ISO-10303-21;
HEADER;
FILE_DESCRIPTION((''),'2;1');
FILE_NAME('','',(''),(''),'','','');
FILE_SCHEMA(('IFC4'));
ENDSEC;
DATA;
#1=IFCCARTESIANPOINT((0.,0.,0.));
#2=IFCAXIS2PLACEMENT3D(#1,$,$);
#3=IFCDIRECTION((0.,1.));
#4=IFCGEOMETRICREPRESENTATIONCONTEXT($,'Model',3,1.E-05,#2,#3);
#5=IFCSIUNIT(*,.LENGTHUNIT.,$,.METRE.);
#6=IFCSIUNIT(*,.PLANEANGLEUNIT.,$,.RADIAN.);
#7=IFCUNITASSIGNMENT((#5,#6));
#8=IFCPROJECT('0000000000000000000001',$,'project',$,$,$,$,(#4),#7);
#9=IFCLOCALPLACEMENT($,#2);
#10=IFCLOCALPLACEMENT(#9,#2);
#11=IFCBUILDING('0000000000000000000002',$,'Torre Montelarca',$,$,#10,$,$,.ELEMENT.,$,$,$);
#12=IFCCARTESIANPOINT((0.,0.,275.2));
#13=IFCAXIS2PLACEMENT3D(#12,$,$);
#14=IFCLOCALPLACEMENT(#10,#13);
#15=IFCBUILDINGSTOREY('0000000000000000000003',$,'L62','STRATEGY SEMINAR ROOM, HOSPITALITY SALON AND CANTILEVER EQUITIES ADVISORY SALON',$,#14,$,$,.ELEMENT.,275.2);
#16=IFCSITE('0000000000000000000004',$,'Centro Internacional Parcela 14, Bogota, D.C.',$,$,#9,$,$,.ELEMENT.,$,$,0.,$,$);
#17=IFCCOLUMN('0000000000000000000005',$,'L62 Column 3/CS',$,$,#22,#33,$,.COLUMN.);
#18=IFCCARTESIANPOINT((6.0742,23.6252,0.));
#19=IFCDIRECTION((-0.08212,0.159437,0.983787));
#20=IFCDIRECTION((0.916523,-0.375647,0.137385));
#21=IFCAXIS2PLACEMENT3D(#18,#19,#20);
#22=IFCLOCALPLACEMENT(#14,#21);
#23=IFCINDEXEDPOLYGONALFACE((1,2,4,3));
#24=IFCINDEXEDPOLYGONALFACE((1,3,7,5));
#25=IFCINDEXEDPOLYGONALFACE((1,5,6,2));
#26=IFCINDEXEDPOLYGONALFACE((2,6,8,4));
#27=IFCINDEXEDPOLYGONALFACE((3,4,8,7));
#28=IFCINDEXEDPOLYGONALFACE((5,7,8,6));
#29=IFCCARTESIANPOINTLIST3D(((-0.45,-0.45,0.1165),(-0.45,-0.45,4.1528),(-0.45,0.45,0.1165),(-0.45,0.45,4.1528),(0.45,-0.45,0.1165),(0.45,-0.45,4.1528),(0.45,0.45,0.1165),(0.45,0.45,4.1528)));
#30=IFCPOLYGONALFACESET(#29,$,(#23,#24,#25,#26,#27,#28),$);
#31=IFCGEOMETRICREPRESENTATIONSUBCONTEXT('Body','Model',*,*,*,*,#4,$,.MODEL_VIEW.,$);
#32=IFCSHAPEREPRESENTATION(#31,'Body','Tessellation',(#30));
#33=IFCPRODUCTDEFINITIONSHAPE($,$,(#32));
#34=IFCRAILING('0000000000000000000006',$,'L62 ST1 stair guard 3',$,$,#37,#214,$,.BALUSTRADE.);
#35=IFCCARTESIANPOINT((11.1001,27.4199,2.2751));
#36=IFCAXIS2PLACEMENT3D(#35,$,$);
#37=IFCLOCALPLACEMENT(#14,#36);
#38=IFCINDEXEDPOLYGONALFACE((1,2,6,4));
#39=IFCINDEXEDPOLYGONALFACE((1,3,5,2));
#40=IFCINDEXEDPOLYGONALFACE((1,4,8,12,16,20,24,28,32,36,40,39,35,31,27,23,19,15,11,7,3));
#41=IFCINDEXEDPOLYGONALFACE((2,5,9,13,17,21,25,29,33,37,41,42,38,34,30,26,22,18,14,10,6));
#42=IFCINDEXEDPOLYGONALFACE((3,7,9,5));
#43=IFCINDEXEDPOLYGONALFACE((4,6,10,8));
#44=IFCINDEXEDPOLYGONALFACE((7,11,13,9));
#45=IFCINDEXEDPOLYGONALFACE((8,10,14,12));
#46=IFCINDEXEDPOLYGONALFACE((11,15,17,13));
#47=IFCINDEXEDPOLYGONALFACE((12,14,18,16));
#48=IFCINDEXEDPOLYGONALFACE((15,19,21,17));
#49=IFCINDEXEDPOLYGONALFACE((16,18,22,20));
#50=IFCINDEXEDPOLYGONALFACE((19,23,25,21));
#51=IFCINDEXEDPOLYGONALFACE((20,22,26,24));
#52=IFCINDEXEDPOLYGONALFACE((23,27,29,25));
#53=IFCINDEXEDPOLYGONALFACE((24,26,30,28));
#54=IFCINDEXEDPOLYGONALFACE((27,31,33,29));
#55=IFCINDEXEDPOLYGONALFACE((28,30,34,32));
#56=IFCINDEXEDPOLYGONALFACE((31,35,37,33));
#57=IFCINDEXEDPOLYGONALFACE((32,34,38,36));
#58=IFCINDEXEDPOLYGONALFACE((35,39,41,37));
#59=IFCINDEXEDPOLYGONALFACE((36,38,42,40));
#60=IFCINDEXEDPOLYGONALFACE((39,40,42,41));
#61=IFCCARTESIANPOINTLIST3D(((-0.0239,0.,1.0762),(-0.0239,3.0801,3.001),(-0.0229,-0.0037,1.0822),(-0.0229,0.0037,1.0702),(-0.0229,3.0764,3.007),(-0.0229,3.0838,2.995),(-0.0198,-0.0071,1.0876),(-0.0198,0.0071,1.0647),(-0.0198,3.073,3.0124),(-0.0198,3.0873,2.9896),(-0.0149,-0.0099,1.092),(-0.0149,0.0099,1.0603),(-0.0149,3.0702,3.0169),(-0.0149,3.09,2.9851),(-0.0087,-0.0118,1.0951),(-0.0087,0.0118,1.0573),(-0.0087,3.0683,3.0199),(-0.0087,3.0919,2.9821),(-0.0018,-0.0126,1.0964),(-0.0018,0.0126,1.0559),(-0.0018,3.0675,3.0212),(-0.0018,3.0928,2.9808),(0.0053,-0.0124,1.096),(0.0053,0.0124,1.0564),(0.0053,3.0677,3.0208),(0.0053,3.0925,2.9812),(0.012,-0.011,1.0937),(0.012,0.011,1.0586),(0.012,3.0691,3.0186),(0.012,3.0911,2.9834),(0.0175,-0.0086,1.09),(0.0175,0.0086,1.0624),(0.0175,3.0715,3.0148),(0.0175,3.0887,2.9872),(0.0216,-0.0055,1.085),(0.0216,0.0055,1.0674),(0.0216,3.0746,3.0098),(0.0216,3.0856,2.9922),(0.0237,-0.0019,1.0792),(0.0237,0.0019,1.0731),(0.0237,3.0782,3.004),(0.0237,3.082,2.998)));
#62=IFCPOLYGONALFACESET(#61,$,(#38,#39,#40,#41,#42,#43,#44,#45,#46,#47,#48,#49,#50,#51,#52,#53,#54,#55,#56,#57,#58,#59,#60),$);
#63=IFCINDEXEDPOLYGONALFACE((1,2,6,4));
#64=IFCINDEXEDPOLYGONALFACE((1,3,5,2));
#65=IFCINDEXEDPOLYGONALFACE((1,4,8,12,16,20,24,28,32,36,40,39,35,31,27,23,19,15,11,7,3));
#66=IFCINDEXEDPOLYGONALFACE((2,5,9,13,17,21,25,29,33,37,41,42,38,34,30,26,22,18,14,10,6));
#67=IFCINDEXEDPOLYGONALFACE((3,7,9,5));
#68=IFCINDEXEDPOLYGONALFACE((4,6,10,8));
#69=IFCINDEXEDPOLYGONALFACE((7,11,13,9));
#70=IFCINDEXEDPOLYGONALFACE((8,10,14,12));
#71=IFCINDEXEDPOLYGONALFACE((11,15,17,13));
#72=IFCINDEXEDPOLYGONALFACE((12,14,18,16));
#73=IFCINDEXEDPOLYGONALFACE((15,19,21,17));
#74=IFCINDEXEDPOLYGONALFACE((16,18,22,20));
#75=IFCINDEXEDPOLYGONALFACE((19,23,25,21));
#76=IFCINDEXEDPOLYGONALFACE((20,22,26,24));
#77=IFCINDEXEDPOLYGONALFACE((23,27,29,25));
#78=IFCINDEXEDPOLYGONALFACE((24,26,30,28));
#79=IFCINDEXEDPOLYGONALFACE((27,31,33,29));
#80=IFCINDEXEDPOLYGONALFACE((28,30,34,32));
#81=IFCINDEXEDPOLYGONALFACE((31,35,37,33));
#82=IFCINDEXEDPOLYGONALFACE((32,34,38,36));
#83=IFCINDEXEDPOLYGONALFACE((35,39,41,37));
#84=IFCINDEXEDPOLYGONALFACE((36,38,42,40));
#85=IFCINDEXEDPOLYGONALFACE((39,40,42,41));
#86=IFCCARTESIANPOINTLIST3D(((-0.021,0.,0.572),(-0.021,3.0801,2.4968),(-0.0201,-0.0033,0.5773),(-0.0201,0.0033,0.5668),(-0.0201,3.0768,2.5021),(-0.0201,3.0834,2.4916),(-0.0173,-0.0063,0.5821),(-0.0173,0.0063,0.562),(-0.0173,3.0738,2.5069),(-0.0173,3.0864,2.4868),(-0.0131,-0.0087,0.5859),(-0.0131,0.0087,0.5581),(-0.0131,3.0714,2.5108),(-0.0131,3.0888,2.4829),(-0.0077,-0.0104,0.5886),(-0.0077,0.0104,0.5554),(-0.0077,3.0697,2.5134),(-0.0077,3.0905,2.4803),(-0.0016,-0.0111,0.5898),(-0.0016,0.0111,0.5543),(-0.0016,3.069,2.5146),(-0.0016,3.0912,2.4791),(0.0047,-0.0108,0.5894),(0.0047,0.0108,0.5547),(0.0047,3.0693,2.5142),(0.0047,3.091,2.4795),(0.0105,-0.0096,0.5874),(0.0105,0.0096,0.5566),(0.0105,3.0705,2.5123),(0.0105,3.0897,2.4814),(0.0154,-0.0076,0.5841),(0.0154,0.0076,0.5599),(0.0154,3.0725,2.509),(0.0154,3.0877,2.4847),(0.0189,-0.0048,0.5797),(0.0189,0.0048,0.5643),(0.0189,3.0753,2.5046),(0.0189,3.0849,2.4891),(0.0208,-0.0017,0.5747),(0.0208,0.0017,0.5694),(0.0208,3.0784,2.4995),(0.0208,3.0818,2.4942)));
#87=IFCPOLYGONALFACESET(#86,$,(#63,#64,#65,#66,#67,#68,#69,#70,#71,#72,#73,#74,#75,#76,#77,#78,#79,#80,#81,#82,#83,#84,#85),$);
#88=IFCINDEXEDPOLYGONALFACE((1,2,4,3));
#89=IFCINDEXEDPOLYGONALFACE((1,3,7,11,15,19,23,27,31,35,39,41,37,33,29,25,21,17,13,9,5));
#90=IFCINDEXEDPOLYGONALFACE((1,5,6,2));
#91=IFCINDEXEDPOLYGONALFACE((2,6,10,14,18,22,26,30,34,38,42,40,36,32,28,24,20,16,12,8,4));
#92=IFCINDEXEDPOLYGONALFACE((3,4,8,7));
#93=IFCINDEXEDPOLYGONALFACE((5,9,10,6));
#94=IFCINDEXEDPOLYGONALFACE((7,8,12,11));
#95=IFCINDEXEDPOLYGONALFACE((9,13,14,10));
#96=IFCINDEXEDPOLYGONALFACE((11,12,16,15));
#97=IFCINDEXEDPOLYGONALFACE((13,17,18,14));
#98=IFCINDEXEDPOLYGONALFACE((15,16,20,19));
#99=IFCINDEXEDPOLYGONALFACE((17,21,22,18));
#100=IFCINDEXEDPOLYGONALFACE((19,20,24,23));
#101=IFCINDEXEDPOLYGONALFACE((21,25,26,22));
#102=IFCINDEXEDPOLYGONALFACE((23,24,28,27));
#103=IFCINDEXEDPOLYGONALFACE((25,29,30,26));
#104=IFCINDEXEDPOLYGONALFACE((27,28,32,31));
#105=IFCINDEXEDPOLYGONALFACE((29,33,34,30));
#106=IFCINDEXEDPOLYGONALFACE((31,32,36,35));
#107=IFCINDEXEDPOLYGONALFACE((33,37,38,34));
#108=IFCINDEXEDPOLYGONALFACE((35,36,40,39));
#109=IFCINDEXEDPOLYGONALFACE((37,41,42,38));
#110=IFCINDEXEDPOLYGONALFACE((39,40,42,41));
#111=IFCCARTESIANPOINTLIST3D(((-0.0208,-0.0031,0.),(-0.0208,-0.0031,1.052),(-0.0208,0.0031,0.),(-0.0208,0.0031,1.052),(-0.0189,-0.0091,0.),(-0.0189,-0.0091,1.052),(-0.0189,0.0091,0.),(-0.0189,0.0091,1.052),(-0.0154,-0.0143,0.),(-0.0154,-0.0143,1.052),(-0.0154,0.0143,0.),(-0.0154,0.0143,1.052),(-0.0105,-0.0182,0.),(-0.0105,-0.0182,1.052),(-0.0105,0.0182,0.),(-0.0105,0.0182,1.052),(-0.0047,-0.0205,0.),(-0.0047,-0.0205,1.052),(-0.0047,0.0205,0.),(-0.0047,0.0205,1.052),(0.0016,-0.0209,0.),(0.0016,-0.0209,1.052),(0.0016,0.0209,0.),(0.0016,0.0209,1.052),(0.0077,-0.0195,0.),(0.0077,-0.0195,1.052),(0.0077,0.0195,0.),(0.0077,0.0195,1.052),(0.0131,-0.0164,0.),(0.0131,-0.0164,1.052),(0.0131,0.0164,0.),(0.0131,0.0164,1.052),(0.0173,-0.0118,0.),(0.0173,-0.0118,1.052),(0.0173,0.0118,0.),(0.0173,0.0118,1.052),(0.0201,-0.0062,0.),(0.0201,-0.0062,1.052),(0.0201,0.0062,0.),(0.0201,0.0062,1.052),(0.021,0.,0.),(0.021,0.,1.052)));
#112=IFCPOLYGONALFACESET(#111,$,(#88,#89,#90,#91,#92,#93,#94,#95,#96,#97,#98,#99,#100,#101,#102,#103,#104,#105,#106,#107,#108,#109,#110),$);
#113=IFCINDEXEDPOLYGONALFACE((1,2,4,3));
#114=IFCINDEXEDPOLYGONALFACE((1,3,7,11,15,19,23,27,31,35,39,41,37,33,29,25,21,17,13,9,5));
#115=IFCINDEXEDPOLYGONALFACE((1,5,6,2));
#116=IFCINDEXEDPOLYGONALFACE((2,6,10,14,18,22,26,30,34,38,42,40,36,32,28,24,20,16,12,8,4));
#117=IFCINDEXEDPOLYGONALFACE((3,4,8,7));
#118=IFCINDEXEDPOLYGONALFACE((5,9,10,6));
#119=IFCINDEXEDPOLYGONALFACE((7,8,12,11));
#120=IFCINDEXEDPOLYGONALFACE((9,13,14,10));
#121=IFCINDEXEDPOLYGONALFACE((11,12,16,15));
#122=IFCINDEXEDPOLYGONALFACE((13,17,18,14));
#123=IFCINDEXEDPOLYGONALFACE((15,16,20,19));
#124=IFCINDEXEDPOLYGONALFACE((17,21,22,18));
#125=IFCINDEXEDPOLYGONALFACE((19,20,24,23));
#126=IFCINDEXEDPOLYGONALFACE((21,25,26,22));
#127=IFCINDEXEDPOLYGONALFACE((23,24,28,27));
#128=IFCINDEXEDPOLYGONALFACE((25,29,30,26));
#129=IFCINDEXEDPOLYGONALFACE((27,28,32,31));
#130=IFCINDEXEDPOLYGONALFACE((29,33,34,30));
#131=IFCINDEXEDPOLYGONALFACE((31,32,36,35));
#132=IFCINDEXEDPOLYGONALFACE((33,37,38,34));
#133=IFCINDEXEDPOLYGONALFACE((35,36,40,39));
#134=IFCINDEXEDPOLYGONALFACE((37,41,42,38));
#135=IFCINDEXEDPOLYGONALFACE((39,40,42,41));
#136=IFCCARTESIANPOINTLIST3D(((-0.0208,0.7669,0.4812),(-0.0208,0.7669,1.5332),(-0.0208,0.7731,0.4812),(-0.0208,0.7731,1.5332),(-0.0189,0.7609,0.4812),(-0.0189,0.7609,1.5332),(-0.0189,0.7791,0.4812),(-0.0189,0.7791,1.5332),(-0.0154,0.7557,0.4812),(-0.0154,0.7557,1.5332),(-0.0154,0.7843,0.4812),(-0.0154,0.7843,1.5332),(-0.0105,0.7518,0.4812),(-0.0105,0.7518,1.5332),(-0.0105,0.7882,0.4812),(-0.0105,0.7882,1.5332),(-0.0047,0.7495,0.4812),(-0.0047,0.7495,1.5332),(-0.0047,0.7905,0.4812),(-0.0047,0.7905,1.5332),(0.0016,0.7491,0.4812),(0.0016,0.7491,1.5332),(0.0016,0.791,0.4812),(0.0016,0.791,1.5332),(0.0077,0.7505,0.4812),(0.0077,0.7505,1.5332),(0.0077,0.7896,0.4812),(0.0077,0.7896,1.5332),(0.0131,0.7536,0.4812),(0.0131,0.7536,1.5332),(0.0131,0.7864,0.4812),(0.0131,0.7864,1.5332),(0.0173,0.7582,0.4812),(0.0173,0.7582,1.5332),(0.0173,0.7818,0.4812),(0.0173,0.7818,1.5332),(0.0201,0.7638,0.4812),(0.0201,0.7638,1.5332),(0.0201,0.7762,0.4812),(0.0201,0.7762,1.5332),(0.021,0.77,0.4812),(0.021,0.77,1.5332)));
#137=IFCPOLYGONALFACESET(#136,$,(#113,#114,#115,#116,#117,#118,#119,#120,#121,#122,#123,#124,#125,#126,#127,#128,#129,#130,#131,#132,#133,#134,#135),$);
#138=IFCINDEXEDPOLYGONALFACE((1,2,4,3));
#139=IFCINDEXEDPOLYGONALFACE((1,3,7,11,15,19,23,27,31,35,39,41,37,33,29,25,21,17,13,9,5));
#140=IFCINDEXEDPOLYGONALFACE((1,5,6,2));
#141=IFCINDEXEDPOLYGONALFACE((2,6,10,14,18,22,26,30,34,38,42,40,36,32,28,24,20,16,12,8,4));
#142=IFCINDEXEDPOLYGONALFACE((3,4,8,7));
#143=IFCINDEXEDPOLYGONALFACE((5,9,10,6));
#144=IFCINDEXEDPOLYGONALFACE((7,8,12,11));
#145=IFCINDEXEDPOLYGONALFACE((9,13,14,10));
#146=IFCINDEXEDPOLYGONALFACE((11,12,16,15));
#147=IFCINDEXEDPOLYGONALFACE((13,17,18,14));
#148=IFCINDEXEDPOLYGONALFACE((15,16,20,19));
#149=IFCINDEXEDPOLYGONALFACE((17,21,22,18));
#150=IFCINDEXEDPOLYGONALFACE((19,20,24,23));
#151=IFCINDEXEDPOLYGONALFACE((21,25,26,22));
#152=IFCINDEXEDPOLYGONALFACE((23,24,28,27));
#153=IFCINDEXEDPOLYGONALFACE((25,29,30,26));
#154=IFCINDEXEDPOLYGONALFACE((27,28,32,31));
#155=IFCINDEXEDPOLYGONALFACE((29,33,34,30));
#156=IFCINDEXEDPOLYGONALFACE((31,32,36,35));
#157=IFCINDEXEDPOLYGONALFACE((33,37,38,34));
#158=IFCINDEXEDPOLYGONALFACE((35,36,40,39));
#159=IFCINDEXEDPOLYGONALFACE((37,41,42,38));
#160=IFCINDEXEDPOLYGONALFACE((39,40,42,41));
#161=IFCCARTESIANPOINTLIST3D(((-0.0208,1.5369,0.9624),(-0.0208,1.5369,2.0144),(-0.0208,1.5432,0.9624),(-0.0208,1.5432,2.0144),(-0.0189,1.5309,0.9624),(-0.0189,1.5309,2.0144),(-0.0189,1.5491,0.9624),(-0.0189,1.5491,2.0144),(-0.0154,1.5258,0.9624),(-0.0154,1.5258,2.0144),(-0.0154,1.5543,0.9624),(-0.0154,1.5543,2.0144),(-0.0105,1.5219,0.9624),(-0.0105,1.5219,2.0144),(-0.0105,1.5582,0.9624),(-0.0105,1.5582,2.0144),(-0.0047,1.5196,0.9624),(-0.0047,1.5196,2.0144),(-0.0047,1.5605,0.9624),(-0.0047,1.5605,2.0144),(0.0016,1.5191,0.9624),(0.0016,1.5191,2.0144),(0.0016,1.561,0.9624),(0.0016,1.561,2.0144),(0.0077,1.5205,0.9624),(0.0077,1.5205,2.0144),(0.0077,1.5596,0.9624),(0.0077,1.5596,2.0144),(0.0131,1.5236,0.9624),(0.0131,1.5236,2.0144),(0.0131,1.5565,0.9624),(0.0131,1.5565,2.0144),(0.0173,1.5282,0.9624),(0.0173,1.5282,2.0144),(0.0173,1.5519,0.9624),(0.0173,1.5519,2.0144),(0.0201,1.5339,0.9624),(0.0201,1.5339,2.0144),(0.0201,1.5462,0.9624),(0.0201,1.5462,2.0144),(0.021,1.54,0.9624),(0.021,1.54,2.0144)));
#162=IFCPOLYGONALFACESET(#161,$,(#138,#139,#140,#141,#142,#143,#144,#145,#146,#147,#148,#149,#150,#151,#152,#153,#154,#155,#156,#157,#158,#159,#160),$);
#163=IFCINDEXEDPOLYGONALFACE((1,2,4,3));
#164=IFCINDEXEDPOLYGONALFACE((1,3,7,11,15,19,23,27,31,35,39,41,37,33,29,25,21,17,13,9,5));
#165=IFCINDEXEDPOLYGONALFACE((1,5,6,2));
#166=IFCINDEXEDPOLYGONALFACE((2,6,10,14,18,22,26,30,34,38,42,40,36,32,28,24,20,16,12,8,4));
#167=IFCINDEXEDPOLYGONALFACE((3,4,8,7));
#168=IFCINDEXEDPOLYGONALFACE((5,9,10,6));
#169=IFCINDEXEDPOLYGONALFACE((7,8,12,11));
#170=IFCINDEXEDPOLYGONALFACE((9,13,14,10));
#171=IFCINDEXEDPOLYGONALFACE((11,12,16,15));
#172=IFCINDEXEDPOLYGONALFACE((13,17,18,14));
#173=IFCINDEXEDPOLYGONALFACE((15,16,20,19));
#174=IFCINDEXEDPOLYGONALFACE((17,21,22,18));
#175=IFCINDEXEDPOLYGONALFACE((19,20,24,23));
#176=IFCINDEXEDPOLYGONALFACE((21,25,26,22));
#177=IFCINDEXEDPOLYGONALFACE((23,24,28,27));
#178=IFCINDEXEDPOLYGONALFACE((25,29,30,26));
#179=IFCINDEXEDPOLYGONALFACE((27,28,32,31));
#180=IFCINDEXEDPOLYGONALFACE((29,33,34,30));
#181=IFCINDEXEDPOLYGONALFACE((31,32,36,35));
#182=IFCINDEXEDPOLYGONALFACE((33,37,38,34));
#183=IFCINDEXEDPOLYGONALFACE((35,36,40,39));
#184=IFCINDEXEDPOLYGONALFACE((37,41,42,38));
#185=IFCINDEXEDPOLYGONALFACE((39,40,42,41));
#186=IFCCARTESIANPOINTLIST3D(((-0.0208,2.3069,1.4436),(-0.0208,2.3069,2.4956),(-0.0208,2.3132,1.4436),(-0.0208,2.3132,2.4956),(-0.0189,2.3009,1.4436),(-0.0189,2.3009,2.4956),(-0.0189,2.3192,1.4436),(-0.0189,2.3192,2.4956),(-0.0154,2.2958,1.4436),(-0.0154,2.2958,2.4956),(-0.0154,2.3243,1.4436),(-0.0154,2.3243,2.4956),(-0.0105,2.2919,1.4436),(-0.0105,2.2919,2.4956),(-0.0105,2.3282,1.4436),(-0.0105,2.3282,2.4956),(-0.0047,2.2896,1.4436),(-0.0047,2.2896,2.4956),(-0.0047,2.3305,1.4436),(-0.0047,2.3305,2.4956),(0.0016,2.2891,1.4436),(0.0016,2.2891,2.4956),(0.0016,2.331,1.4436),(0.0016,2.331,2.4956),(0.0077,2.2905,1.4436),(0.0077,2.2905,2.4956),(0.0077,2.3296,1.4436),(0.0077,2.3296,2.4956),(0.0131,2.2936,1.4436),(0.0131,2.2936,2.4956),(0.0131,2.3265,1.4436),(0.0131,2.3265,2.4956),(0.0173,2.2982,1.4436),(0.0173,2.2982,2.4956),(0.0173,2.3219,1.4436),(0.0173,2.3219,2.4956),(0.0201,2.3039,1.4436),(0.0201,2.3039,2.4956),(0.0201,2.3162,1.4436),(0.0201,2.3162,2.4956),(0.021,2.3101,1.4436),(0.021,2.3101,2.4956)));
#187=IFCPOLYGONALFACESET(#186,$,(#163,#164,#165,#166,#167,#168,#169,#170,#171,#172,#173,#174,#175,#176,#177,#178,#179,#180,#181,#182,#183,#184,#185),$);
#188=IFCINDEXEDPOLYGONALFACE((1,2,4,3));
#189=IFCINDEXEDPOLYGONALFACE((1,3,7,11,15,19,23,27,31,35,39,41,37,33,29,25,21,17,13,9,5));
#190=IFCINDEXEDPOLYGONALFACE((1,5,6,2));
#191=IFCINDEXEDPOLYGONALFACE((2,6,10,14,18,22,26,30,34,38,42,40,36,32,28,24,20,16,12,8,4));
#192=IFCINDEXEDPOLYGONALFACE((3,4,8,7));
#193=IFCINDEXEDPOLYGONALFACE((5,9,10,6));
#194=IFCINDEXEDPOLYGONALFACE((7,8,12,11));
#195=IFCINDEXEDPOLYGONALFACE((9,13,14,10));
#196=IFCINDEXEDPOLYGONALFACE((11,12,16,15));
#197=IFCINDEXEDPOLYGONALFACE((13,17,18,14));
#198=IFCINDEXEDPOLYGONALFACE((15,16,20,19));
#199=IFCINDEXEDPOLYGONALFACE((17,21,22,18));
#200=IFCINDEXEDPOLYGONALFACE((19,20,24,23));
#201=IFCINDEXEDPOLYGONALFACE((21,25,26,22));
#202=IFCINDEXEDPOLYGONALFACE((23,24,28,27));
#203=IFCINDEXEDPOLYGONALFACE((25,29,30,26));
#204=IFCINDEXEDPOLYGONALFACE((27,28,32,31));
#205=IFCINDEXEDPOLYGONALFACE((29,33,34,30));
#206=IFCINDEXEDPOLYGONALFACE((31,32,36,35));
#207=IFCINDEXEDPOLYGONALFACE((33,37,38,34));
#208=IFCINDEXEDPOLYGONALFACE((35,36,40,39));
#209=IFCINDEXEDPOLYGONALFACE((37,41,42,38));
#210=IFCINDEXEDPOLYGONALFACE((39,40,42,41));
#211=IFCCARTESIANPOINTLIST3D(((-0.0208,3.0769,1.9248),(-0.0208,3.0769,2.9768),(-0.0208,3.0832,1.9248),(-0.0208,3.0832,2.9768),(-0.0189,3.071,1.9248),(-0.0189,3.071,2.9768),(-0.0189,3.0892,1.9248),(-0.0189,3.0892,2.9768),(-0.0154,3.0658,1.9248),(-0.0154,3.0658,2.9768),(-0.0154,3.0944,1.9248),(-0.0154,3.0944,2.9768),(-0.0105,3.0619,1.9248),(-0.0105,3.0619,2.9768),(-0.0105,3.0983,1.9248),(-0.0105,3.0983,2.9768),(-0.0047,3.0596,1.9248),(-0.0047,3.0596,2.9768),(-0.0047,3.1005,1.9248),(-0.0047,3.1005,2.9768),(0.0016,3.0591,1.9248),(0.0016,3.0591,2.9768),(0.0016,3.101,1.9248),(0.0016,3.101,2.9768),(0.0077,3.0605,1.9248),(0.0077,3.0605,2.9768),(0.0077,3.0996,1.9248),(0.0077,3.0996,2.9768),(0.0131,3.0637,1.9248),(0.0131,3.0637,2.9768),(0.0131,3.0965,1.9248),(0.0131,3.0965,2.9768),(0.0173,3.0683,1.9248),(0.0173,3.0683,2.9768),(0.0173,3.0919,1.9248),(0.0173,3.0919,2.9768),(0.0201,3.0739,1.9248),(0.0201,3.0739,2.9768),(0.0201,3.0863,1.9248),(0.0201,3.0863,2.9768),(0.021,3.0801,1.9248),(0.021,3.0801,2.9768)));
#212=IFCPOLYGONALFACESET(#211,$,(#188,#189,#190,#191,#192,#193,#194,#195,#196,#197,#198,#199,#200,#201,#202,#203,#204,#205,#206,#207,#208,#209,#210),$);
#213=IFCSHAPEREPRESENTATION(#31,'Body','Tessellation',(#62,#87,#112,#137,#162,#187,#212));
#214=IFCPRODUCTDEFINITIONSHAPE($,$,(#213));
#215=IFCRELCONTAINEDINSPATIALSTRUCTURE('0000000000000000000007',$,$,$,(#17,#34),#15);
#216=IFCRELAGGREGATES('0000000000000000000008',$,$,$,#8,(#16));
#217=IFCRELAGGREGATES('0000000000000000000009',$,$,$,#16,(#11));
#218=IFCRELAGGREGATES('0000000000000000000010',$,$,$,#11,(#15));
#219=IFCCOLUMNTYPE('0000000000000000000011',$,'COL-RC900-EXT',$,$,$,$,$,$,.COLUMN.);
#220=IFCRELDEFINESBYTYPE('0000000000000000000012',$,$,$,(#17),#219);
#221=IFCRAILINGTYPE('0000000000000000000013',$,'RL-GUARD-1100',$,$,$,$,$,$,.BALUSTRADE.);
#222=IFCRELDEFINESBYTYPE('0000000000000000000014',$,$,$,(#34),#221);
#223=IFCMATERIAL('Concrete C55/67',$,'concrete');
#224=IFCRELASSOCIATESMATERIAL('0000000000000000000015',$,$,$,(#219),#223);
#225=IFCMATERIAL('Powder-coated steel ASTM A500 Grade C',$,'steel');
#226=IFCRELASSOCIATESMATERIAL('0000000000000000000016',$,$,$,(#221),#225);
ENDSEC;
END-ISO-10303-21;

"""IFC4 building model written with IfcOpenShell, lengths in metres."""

from ifc_helpers import new_model, si_unit, direction, frame, origin, origin_2d, place, context, subcontext, project, spatial, rectangle, circle, extrude, clip, halfspace, material, material_profile, profile_set, type_object, element, save


model = new_model("IFC4")

# Units and contexts
model_context = context("Model", 3, precision=1e-05, world=origin(), true_north=direction((0.0, 1.0)))
body_context = subcontext(model_context, "Body", "Model", "MODEL_VIEW")
ifc_project = project(units=[si_unit("LENGTHUNIT", "METRE"), si_unit("PLANEANGLEUNIT", "RADIAN")], contexts=[model_context])

# Site, building, storey
site_placement = place(None, origin())
site = spatial("IfcSite", under=ifc_project, at=site_placement, Name="Centro Internacional Parcela 14, Bogota, D.C.", CompositionType="ELEMENT", RefElevation=0.0)
building_placement = place(site_placement, origin())
building = spatial("IfcBuilding", under=site, at=building_placement, Name="Torre Montelarca", CompositionType="ELEMENT")
storey_placement = place(building_placement, frame((0.0, 0.0, 275.2)))
storey = spatial("IfcBuildingStorey", under=building, at=storey_placement, Name="L62", Description="STRATEGY SEMINAR ROOM, HOSPITALITY SALON AND CANTILEVER EQUITIES ADVISORY SALON", CompositionType="ELEMENT", Elevation=275.2)

# Column
ifc_material_1 = material(Name="Concrete C55/67", Category="concrete")
ifc_material_profile_1 = material_profile(ifc_material_1, rectangle(XDim=0.8999, YDim=0.8999, at=origin_2d()), Name="RC900X900", Category="concrete")
ifc_profile_set_1 = profile_set([ifc_material_profile_1], Name="Concrete C55/67")
column_type_1 = type_object("IfcColumnType", Name="COL-RC900-EXT", PredefinedType="COLUMN", material=ifc_profile_set_1)
column_1_placement = place(storey_placement, frame((6.0742, 23.6252, 0.0), z_axis=(-0.08212, 0.159437, 0.983787), x_axis=(0.916523, -0.375647, 0.137385)))
element("IfcColumn", 1, at=column_1_placement, inside=storey, type_object=column_type_1, Name="L62 Column 3/CS", PredefinedType="COLUMN", context=body_context, shape_type="Clipping", body=[
    clip(clip(extrude(rectangle(XDim=0.8999, YDim=0.8999, at=origin_2d()), origin(), (0.0, 0.0, 1.0), 4.2693), halfspace(frame((0.0, 0.0, 0.1165), z_axis=(0.0, 0.0, -1.0), x_axis=(1.0, 0.0, 0.0)), False)), halfspace(frame((0.0, 0.0, 4.1528), z_axis=(0.0, 0.0, 1.0), x_axis=(1.0, 0.0, 0.0)), False)),
])

# Railing
ifc_material_2 = material(Name="Powder-coated steel ASTM A500 Grade C", Category="steel")
railing_type_1 = type_object("IfcRailingType", Name="RL-GUARD-1100", PredefinedType="BALUSTRADE", material=ifc_material_2)
railing_1_placement = place(storey_placement, frame((11.1001, 27.4199, 2.2751)))
element("IfcRailing", 2, at=railing_1_placement, inside=storey, type_object=railing_type_1, Name="L62 ST1 stair guard 3", PredefinedType="BALUSTRADE", context=body_context, shape_type="SweptSolid", body=[
    extrude(circle(Radius=0.0239, at=origin_2d()), frame((0.0, 0.0, 1.0762), z_axis=(0.0, 0.848029, 0.529951), x_axis=(-1.0, 0.0, 0.0)), (0.0, 0.0, 1.0), 3.6321),
    extrude(circle(Radius=0.021, at=origin_2d()), frame((0.0, 0.0, 0.572), z_axis=(0.0, 0.848029, 0.529951), x_axis=(-1.0, 0.0, 0.0)), (0.0, 0.0, 1.0), 3.6321),
    extrude(circle(Radius=0.021, at=origin_2d()), origin(), (0.0, 0.0, 1.0), 1.052),
    extrude(circle(Radius=0.021, at=origin_2d()), frame((0.0, 0.77, 0.4812)), (0.0, 0.0, 1.0), 1.052),
    extrude(circle(Radius=0.021, at=origin_2d()), frame((0.0, 1.54, 0.9624)), (0.0, 0.0, 1.0), 1.052),
    extrude(circle(Radius=0.021, at=origin_2d()), frame((0.0, 2.3101, 1.4436)), (0.0, 0.0, 1.0), 1.052),
    extrude(circle(Radius=0.021, at=origin_2d()), frame((0.0, 3.0801, 1.9248)), (0.0, 0.0, 1.0), 1.052),
])

save(model, "model.ifc")
